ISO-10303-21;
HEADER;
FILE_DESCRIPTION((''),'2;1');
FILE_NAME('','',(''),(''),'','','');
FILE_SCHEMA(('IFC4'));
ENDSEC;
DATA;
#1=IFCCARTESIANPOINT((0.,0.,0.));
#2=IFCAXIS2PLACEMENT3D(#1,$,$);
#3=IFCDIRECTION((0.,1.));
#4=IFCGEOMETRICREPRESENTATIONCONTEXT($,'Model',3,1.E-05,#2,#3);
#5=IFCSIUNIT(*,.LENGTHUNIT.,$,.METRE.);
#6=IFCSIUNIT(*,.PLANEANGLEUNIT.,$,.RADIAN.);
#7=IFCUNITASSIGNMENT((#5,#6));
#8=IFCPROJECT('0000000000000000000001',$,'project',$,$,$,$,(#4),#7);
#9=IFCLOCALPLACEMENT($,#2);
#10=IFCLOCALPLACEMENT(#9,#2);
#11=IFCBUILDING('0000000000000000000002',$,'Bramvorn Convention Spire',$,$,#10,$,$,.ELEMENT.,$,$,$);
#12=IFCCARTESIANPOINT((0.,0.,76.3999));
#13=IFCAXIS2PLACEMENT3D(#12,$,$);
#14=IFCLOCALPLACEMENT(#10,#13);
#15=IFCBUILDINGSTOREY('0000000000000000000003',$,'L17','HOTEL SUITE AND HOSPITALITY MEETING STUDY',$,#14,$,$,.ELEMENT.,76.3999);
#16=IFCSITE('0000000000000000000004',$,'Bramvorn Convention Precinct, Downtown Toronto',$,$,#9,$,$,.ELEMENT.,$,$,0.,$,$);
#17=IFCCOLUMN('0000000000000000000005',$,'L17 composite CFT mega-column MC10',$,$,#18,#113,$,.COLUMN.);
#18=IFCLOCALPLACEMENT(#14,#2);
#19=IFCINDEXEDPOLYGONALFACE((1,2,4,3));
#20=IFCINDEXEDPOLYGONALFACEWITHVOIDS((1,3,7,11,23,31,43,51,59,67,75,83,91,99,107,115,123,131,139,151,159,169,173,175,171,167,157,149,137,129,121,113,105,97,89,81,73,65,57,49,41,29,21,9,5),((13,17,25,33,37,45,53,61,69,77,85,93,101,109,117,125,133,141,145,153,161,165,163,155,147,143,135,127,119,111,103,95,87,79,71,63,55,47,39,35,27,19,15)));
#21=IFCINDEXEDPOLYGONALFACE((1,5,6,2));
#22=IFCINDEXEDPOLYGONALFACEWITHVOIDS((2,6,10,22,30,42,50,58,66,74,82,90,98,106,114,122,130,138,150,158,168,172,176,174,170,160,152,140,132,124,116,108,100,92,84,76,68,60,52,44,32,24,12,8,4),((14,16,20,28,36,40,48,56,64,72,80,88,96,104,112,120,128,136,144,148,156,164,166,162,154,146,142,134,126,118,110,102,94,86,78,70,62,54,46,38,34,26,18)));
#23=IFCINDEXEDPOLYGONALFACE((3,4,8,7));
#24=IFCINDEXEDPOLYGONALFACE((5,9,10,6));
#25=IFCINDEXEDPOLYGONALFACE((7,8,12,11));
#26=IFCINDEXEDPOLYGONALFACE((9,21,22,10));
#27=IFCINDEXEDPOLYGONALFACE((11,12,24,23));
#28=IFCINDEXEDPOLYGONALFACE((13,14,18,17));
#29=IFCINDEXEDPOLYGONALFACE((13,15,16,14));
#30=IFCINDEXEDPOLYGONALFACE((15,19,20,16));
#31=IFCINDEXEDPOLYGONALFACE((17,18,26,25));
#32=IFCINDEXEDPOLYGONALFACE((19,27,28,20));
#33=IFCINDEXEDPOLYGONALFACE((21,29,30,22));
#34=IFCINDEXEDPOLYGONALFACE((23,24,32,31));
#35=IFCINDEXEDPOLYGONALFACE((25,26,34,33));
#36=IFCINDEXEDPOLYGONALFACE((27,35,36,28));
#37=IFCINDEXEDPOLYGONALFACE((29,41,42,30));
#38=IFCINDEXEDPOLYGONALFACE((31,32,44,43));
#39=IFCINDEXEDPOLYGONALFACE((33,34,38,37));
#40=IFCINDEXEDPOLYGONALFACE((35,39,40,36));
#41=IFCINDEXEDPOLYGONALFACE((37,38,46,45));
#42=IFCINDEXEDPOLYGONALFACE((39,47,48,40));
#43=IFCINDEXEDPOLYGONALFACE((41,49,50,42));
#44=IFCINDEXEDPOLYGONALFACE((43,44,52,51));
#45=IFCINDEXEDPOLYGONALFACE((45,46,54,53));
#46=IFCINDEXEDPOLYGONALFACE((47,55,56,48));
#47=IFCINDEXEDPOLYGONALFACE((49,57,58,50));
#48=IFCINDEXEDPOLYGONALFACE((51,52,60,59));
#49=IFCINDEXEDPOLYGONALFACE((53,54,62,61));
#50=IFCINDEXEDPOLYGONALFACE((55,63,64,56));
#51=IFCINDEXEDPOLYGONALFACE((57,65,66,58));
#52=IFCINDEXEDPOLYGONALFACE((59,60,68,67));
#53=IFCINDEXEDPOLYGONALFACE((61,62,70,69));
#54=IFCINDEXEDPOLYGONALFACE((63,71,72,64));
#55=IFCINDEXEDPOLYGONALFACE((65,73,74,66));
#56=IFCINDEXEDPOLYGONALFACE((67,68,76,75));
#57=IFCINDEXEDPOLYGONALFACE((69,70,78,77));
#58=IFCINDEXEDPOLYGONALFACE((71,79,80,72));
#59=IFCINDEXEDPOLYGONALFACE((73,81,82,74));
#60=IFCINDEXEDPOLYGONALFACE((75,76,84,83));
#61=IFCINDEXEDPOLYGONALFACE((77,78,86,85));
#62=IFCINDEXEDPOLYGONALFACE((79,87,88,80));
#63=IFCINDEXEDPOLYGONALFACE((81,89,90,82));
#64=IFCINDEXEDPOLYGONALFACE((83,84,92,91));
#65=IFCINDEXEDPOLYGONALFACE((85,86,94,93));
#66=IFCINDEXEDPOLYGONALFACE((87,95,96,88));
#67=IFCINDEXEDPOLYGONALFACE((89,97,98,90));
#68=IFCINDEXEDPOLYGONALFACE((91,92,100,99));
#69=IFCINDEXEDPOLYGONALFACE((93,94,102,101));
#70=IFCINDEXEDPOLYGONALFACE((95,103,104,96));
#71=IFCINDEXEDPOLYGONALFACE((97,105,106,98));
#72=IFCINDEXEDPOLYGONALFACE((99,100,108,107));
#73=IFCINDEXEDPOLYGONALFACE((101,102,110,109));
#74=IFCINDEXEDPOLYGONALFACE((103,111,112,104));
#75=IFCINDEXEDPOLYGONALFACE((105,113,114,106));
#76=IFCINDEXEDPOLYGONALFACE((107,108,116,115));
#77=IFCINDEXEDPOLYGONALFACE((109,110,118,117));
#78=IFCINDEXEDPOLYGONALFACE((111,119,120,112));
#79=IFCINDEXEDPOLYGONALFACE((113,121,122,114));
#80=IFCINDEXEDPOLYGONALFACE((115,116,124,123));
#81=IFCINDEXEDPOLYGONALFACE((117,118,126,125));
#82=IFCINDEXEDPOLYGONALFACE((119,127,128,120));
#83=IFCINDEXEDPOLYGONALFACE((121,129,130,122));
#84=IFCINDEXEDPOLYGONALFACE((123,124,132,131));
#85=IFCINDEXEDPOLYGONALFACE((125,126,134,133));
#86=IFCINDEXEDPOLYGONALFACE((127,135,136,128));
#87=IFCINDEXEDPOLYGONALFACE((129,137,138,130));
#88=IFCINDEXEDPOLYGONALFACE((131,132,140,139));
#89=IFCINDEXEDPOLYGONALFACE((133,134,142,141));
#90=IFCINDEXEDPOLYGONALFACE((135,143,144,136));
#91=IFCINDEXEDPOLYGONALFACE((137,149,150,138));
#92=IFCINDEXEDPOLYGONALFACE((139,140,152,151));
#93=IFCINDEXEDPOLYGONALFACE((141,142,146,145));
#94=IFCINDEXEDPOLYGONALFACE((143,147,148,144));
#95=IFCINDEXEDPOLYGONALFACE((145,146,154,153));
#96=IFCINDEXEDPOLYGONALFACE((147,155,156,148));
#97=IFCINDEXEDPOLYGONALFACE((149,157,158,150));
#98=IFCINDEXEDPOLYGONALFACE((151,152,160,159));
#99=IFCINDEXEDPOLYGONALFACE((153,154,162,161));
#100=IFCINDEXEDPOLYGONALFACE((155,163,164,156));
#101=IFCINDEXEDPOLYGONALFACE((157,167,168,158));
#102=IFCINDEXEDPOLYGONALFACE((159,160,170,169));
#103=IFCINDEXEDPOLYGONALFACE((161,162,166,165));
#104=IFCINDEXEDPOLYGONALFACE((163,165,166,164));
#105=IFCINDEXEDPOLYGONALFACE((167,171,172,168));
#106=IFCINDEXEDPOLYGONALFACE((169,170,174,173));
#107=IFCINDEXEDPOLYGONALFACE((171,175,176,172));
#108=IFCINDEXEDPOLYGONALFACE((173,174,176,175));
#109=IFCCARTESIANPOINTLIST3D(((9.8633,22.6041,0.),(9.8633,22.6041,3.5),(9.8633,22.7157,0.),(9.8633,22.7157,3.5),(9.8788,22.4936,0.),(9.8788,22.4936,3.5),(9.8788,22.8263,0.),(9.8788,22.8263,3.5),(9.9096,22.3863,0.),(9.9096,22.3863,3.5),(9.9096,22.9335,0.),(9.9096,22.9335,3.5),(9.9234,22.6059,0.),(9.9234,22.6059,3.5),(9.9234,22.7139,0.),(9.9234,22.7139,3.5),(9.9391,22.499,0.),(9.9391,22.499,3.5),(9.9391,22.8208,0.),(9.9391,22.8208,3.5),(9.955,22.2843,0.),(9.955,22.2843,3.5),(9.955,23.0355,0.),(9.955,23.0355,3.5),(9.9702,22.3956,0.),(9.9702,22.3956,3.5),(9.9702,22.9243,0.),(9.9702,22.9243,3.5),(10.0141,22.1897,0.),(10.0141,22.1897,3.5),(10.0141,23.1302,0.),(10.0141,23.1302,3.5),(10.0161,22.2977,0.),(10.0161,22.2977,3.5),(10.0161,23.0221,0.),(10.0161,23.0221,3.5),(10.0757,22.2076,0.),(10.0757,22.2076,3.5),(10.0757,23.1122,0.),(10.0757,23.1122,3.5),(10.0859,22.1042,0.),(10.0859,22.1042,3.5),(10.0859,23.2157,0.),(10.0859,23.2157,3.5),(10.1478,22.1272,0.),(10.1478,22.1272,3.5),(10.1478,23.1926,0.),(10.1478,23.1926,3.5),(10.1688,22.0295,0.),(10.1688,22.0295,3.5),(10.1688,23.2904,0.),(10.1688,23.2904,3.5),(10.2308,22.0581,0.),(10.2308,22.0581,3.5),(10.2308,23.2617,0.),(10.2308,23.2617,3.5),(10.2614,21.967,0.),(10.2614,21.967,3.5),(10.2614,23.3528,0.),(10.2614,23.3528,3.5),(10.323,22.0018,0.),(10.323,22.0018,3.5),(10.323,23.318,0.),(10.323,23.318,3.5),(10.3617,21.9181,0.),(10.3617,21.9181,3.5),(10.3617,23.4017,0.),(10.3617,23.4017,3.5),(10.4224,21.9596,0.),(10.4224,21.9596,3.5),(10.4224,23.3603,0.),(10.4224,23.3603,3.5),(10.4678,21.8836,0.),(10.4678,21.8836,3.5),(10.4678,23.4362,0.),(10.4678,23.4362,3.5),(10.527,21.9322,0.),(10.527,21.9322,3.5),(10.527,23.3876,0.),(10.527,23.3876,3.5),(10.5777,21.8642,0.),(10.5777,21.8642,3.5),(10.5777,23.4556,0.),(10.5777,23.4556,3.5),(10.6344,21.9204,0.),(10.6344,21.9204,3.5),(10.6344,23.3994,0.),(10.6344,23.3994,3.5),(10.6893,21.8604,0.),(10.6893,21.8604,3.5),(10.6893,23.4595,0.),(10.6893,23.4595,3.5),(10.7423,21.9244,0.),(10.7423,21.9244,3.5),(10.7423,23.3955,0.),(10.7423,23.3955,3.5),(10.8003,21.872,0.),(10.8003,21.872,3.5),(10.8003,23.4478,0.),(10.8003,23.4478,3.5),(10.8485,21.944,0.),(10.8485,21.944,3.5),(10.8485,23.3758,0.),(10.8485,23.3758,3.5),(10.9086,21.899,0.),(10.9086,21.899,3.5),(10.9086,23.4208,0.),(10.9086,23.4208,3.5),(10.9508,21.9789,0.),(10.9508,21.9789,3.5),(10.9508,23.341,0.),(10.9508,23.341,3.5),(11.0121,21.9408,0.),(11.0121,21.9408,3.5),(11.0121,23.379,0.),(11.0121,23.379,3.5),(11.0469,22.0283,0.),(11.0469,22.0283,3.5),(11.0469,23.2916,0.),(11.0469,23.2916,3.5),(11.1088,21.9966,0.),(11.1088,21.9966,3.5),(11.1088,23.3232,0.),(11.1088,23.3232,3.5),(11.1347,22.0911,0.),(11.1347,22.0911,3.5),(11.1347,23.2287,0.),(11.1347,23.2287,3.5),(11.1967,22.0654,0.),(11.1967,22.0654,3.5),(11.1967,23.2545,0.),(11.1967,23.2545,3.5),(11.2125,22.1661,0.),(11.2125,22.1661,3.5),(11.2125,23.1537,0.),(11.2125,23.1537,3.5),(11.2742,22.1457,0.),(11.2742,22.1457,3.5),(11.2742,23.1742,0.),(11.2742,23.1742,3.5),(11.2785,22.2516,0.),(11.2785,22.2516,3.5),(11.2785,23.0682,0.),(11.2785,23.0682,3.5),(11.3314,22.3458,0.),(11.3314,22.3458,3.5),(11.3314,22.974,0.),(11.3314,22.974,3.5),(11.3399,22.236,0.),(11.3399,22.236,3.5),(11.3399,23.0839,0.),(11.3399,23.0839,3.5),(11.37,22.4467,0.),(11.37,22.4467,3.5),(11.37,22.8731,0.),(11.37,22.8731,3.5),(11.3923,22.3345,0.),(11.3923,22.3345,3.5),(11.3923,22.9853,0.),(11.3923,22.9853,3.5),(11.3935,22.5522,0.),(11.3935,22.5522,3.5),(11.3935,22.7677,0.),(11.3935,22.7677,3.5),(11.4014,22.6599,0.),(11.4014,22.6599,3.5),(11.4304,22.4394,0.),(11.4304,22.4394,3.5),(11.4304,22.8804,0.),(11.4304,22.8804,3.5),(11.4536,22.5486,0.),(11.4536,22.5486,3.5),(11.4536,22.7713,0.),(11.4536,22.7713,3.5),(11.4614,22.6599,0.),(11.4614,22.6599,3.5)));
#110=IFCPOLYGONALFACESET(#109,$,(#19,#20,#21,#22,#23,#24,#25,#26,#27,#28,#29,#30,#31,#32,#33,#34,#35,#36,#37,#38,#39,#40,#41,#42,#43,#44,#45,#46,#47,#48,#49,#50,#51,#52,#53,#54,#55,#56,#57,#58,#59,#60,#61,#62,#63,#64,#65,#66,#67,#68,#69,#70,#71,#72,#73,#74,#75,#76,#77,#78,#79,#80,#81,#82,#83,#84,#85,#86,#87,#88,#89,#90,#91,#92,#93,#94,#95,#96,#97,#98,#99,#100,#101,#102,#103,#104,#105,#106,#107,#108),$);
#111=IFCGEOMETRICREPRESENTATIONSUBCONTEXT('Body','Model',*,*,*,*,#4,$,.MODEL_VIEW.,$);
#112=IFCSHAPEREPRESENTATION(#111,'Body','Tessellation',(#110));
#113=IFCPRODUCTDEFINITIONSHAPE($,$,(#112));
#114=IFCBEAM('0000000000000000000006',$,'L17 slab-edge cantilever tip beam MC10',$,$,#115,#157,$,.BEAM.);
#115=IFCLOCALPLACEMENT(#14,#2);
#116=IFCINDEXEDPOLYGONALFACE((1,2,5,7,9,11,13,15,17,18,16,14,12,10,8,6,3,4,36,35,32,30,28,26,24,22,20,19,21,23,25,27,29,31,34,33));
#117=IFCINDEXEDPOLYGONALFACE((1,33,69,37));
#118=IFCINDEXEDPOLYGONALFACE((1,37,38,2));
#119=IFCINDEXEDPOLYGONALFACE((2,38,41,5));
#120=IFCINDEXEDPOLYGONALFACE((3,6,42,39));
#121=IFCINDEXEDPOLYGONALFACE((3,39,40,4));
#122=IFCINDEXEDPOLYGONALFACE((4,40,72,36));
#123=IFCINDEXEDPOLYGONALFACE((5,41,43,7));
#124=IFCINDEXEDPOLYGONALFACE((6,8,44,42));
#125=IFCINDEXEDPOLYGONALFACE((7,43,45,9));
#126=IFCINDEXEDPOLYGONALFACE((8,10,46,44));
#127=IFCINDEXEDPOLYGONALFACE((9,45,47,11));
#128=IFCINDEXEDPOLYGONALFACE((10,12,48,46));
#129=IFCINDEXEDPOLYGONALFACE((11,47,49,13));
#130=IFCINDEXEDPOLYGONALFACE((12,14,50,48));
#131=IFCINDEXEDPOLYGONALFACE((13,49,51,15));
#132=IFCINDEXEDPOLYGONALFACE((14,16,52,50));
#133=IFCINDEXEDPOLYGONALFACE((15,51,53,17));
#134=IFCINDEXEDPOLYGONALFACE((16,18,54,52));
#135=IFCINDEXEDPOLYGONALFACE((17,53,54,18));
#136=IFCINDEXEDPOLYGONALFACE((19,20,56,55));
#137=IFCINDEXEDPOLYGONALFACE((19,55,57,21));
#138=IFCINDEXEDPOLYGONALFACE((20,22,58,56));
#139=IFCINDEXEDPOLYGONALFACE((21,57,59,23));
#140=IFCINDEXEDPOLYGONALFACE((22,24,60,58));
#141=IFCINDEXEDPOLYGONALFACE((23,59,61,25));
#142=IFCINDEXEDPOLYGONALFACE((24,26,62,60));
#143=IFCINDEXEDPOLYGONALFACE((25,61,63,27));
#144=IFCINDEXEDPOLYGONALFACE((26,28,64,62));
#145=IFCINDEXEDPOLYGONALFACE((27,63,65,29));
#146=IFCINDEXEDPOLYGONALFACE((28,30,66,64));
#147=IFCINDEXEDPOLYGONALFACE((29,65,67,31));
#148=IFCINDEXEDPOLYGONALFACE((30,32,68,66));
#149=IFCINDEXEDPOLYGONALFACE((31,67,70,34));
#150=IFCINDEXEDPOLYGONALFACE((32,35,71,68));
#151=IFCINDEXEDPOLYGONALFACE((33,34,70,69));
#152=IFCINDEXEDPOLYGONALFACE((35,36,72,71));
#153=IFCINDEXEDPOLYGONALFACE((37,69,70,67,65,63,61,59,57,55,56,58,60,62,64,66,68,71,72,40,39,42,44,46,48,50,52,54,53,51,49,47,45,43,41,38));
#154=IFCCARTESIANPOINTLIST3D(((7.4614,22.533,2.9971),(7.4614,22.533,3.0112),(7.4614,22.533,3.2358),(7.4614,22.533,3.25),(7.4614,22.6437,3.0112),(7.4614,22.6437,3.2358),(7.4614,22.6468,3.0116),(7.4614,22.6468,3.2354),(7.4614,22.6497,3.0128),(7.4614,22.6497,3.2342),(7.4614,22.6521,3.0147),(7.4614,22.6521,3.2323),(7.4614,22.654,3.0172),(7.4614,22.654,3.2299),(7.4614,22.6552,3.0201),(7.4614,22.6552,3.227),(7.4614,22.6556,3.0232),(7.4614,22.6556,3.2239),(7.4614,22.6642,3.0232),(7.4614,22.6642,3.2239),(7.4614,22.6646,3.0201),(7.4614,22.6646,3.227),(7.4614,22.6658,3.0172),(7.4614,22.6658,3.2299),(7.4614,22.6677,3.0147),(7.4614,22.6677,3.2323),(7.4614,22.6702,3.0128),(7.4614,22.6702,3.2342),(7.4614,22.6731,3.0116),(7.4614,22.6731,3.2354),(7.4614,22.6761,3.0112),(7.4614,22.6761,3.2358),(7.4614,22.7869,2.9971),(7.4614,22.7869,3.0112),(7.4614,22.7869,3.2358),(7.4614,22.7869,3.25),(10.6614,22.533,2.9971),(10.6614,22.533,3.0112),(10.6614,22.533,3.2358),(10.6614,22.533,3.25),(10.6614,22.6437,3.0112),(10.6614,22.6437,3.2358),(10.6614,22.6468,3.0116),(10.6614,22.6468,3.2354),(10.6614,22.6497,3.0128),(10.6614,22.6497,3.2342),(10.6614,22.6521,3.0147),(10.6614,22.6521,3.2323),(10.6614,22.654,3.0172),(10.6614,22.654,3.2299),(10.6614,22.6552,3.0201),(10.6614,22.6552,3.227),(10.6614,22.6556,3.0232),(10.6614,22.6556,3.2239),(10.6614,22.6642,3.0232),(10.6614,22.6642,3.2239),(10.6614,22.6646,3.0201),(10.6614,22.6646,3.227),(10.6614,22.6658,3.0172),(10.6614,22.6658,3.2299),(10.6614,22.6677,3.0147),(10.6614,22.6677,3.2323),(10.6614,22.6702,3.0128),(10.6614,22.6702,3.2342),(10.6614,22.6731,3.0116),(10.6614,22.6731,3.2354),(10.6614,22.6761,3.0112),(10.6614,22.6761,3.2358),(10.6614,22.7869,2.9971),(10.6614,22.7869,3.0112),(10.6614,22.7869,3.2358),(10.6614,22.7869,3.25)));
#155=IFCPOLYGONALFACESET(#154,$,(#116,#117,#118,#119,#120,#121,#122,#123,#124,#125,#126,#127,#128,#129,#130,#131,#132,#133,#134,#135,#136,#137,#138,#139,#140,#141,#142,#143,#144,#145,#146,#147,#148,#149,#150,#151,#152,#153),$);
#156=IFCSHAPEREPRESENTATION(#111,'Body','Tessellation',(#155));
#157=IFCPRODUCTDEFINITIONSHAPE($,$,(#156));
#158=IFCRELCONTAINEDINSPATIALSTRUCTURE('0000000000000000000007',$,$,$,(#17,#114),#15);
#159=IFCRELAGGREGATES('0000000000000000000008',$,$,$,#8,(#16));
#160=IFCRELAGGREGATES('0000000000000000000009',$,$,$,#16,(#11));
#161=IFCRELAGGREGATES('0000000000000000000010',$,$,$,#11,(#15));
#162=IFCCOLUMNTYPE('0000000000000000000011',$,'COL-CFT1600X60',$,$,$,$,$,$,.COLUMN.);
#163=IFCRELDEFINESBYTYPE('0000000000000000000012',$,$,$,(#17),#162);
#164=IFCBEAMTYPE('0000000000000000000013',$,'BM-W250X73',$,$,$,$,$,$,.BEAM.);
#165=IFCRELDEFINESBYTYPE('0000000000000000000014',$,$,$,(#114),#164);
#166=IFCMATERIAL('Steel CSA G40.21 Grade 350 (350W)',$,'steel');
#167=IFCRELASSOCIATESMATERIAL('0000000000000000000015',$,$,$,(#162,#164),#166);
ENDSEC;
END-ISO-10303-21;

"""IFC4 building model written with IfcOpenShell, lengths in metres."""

from ifc_helpers import new_model, si_unit, direction, frame, origin, origin_2d, place, context, subcontext, project, spatial, hollow_circle, i_section, extrude, material, material_profile, profile_set, type_object, element, save


model = new_model("IFC4")

# Units and contexts
model_context = context("Model", 3, precision=1e-05, world=origin(), true_north=direction((0.0, 1.0)))
body_context = subcontext(model_context, "Body", "Model", "MODEL_VIEW")
ifc_project = project(units=[si_unit("LENGTHUNIT", "METRE"), si_unit("PLANEANGLEUNIT", "RADIAN")], contexts=[model_context])

# Site, building, storey
site_placement = place(None, origin())
site = spatial("IfcSite", under=ifc_project, at=site_placement, Name="Bramvorn Convention Precinct, Downtown Toronto", CompositionType="ELEMENT", RefElevation=0.0)
building_placement = place(site_placement, origin())
building = spatial("IfcBuilding", under=site, at=building_placement, Name="Bramvorn Convention Spire", CompositionType="ELEMENT")
storey_placement = place(building_placement, frame((0.0, 0.0, 76.3999)))
storey = spatial("IfcBuildingStorey", under=building, at=storey_placement, Name="L17", Description="HOTEL SUITE AND HOSPITALITY MEETING STUDY", CompositionType="ELEMENT", Elevation=76.3999)

# Column
ifc_material_1 = material(Name="Steel CSA G40.21 Grade 350 (350W)", Category="steel")
ifc_material_profile_1 = material_profile(ifc_material_1, hollow_circle(Radius=0.8, WallThickness=0.0601, at=origin_2d()))
ifc_profile_set_1 = profile_set([ifc_material_profile_1], Name="Steel CSA G40.21 Grade 350 (350W) - CFT1600X60")
column_type = type_object("IfcColumnType", Name="COL-CFT1600X60", PredefinedType="COLUMN", material=ifc_profile_set_1)
column_placement = place(storey_placement, frame((10.6614, 22.6599, 0.0), z_axis=(0.0, 0.0, 1.0), x_axis=(1.0, 0.0, 0.0)))
element("IfcColumn", 1, at=column_placement, inside=storey, type_object=column_type, Name="L17 composite CFT mega-column MC10", PredefinedType="COLUMN", context=body_context, shape_type="SweptSolid", body=[
    extrude(hollow_circle(Radius=0.8, WallThickness=0.0601, at=origin_2d()), origin(), (0.0, 0.0, 1.0), 3.5),
])

# Beam
ifc_material_profile_2 = material_profile(ifc_material_1, i_section(OverallWidth=0.2539, OverallDepth=0.2529, WebThickness=0.0085, FlangeThickness=0.0142, FilletRadius=0.012, at=origin_2d()))
ifc_profile_set_2 = profile_set([ifc_material_profile_2], Name="Steel CSA G40.21 Grade 350 (350W) - W250X73")
beam_type_1 = type_object("IfcBeamType", Name="BM-W250X73", PredefinedType="BEAM", material=ifc_profile_set_2)
beam_1_placement = place(storey_placement, frame((10.6614, 22.6599, 3.1235), z_axis=(-1.0, 0.0, 0.0), x_axis=(0.0, -1.0, 0.0)))
element("IfcBeam", 2, at=beam_1_placement, inside=storey, type_object=beam_type_1, Name="L17 slab-edge cantilever tip beam MC10", PredefinedType="BEAM", context=body_context, shape_type="SweptSolid", body=[
    extrude(i_section(OverallWidth=0.2539, OverallDepth=0.2529, WebThickness=0.0085, FlangeThickness=0.0142, FilletRadius=0.012, at=origin_2d()), origin(), (0.0, 0.0, 1.0), 3.2),
])

save(model, "model.ifc")
